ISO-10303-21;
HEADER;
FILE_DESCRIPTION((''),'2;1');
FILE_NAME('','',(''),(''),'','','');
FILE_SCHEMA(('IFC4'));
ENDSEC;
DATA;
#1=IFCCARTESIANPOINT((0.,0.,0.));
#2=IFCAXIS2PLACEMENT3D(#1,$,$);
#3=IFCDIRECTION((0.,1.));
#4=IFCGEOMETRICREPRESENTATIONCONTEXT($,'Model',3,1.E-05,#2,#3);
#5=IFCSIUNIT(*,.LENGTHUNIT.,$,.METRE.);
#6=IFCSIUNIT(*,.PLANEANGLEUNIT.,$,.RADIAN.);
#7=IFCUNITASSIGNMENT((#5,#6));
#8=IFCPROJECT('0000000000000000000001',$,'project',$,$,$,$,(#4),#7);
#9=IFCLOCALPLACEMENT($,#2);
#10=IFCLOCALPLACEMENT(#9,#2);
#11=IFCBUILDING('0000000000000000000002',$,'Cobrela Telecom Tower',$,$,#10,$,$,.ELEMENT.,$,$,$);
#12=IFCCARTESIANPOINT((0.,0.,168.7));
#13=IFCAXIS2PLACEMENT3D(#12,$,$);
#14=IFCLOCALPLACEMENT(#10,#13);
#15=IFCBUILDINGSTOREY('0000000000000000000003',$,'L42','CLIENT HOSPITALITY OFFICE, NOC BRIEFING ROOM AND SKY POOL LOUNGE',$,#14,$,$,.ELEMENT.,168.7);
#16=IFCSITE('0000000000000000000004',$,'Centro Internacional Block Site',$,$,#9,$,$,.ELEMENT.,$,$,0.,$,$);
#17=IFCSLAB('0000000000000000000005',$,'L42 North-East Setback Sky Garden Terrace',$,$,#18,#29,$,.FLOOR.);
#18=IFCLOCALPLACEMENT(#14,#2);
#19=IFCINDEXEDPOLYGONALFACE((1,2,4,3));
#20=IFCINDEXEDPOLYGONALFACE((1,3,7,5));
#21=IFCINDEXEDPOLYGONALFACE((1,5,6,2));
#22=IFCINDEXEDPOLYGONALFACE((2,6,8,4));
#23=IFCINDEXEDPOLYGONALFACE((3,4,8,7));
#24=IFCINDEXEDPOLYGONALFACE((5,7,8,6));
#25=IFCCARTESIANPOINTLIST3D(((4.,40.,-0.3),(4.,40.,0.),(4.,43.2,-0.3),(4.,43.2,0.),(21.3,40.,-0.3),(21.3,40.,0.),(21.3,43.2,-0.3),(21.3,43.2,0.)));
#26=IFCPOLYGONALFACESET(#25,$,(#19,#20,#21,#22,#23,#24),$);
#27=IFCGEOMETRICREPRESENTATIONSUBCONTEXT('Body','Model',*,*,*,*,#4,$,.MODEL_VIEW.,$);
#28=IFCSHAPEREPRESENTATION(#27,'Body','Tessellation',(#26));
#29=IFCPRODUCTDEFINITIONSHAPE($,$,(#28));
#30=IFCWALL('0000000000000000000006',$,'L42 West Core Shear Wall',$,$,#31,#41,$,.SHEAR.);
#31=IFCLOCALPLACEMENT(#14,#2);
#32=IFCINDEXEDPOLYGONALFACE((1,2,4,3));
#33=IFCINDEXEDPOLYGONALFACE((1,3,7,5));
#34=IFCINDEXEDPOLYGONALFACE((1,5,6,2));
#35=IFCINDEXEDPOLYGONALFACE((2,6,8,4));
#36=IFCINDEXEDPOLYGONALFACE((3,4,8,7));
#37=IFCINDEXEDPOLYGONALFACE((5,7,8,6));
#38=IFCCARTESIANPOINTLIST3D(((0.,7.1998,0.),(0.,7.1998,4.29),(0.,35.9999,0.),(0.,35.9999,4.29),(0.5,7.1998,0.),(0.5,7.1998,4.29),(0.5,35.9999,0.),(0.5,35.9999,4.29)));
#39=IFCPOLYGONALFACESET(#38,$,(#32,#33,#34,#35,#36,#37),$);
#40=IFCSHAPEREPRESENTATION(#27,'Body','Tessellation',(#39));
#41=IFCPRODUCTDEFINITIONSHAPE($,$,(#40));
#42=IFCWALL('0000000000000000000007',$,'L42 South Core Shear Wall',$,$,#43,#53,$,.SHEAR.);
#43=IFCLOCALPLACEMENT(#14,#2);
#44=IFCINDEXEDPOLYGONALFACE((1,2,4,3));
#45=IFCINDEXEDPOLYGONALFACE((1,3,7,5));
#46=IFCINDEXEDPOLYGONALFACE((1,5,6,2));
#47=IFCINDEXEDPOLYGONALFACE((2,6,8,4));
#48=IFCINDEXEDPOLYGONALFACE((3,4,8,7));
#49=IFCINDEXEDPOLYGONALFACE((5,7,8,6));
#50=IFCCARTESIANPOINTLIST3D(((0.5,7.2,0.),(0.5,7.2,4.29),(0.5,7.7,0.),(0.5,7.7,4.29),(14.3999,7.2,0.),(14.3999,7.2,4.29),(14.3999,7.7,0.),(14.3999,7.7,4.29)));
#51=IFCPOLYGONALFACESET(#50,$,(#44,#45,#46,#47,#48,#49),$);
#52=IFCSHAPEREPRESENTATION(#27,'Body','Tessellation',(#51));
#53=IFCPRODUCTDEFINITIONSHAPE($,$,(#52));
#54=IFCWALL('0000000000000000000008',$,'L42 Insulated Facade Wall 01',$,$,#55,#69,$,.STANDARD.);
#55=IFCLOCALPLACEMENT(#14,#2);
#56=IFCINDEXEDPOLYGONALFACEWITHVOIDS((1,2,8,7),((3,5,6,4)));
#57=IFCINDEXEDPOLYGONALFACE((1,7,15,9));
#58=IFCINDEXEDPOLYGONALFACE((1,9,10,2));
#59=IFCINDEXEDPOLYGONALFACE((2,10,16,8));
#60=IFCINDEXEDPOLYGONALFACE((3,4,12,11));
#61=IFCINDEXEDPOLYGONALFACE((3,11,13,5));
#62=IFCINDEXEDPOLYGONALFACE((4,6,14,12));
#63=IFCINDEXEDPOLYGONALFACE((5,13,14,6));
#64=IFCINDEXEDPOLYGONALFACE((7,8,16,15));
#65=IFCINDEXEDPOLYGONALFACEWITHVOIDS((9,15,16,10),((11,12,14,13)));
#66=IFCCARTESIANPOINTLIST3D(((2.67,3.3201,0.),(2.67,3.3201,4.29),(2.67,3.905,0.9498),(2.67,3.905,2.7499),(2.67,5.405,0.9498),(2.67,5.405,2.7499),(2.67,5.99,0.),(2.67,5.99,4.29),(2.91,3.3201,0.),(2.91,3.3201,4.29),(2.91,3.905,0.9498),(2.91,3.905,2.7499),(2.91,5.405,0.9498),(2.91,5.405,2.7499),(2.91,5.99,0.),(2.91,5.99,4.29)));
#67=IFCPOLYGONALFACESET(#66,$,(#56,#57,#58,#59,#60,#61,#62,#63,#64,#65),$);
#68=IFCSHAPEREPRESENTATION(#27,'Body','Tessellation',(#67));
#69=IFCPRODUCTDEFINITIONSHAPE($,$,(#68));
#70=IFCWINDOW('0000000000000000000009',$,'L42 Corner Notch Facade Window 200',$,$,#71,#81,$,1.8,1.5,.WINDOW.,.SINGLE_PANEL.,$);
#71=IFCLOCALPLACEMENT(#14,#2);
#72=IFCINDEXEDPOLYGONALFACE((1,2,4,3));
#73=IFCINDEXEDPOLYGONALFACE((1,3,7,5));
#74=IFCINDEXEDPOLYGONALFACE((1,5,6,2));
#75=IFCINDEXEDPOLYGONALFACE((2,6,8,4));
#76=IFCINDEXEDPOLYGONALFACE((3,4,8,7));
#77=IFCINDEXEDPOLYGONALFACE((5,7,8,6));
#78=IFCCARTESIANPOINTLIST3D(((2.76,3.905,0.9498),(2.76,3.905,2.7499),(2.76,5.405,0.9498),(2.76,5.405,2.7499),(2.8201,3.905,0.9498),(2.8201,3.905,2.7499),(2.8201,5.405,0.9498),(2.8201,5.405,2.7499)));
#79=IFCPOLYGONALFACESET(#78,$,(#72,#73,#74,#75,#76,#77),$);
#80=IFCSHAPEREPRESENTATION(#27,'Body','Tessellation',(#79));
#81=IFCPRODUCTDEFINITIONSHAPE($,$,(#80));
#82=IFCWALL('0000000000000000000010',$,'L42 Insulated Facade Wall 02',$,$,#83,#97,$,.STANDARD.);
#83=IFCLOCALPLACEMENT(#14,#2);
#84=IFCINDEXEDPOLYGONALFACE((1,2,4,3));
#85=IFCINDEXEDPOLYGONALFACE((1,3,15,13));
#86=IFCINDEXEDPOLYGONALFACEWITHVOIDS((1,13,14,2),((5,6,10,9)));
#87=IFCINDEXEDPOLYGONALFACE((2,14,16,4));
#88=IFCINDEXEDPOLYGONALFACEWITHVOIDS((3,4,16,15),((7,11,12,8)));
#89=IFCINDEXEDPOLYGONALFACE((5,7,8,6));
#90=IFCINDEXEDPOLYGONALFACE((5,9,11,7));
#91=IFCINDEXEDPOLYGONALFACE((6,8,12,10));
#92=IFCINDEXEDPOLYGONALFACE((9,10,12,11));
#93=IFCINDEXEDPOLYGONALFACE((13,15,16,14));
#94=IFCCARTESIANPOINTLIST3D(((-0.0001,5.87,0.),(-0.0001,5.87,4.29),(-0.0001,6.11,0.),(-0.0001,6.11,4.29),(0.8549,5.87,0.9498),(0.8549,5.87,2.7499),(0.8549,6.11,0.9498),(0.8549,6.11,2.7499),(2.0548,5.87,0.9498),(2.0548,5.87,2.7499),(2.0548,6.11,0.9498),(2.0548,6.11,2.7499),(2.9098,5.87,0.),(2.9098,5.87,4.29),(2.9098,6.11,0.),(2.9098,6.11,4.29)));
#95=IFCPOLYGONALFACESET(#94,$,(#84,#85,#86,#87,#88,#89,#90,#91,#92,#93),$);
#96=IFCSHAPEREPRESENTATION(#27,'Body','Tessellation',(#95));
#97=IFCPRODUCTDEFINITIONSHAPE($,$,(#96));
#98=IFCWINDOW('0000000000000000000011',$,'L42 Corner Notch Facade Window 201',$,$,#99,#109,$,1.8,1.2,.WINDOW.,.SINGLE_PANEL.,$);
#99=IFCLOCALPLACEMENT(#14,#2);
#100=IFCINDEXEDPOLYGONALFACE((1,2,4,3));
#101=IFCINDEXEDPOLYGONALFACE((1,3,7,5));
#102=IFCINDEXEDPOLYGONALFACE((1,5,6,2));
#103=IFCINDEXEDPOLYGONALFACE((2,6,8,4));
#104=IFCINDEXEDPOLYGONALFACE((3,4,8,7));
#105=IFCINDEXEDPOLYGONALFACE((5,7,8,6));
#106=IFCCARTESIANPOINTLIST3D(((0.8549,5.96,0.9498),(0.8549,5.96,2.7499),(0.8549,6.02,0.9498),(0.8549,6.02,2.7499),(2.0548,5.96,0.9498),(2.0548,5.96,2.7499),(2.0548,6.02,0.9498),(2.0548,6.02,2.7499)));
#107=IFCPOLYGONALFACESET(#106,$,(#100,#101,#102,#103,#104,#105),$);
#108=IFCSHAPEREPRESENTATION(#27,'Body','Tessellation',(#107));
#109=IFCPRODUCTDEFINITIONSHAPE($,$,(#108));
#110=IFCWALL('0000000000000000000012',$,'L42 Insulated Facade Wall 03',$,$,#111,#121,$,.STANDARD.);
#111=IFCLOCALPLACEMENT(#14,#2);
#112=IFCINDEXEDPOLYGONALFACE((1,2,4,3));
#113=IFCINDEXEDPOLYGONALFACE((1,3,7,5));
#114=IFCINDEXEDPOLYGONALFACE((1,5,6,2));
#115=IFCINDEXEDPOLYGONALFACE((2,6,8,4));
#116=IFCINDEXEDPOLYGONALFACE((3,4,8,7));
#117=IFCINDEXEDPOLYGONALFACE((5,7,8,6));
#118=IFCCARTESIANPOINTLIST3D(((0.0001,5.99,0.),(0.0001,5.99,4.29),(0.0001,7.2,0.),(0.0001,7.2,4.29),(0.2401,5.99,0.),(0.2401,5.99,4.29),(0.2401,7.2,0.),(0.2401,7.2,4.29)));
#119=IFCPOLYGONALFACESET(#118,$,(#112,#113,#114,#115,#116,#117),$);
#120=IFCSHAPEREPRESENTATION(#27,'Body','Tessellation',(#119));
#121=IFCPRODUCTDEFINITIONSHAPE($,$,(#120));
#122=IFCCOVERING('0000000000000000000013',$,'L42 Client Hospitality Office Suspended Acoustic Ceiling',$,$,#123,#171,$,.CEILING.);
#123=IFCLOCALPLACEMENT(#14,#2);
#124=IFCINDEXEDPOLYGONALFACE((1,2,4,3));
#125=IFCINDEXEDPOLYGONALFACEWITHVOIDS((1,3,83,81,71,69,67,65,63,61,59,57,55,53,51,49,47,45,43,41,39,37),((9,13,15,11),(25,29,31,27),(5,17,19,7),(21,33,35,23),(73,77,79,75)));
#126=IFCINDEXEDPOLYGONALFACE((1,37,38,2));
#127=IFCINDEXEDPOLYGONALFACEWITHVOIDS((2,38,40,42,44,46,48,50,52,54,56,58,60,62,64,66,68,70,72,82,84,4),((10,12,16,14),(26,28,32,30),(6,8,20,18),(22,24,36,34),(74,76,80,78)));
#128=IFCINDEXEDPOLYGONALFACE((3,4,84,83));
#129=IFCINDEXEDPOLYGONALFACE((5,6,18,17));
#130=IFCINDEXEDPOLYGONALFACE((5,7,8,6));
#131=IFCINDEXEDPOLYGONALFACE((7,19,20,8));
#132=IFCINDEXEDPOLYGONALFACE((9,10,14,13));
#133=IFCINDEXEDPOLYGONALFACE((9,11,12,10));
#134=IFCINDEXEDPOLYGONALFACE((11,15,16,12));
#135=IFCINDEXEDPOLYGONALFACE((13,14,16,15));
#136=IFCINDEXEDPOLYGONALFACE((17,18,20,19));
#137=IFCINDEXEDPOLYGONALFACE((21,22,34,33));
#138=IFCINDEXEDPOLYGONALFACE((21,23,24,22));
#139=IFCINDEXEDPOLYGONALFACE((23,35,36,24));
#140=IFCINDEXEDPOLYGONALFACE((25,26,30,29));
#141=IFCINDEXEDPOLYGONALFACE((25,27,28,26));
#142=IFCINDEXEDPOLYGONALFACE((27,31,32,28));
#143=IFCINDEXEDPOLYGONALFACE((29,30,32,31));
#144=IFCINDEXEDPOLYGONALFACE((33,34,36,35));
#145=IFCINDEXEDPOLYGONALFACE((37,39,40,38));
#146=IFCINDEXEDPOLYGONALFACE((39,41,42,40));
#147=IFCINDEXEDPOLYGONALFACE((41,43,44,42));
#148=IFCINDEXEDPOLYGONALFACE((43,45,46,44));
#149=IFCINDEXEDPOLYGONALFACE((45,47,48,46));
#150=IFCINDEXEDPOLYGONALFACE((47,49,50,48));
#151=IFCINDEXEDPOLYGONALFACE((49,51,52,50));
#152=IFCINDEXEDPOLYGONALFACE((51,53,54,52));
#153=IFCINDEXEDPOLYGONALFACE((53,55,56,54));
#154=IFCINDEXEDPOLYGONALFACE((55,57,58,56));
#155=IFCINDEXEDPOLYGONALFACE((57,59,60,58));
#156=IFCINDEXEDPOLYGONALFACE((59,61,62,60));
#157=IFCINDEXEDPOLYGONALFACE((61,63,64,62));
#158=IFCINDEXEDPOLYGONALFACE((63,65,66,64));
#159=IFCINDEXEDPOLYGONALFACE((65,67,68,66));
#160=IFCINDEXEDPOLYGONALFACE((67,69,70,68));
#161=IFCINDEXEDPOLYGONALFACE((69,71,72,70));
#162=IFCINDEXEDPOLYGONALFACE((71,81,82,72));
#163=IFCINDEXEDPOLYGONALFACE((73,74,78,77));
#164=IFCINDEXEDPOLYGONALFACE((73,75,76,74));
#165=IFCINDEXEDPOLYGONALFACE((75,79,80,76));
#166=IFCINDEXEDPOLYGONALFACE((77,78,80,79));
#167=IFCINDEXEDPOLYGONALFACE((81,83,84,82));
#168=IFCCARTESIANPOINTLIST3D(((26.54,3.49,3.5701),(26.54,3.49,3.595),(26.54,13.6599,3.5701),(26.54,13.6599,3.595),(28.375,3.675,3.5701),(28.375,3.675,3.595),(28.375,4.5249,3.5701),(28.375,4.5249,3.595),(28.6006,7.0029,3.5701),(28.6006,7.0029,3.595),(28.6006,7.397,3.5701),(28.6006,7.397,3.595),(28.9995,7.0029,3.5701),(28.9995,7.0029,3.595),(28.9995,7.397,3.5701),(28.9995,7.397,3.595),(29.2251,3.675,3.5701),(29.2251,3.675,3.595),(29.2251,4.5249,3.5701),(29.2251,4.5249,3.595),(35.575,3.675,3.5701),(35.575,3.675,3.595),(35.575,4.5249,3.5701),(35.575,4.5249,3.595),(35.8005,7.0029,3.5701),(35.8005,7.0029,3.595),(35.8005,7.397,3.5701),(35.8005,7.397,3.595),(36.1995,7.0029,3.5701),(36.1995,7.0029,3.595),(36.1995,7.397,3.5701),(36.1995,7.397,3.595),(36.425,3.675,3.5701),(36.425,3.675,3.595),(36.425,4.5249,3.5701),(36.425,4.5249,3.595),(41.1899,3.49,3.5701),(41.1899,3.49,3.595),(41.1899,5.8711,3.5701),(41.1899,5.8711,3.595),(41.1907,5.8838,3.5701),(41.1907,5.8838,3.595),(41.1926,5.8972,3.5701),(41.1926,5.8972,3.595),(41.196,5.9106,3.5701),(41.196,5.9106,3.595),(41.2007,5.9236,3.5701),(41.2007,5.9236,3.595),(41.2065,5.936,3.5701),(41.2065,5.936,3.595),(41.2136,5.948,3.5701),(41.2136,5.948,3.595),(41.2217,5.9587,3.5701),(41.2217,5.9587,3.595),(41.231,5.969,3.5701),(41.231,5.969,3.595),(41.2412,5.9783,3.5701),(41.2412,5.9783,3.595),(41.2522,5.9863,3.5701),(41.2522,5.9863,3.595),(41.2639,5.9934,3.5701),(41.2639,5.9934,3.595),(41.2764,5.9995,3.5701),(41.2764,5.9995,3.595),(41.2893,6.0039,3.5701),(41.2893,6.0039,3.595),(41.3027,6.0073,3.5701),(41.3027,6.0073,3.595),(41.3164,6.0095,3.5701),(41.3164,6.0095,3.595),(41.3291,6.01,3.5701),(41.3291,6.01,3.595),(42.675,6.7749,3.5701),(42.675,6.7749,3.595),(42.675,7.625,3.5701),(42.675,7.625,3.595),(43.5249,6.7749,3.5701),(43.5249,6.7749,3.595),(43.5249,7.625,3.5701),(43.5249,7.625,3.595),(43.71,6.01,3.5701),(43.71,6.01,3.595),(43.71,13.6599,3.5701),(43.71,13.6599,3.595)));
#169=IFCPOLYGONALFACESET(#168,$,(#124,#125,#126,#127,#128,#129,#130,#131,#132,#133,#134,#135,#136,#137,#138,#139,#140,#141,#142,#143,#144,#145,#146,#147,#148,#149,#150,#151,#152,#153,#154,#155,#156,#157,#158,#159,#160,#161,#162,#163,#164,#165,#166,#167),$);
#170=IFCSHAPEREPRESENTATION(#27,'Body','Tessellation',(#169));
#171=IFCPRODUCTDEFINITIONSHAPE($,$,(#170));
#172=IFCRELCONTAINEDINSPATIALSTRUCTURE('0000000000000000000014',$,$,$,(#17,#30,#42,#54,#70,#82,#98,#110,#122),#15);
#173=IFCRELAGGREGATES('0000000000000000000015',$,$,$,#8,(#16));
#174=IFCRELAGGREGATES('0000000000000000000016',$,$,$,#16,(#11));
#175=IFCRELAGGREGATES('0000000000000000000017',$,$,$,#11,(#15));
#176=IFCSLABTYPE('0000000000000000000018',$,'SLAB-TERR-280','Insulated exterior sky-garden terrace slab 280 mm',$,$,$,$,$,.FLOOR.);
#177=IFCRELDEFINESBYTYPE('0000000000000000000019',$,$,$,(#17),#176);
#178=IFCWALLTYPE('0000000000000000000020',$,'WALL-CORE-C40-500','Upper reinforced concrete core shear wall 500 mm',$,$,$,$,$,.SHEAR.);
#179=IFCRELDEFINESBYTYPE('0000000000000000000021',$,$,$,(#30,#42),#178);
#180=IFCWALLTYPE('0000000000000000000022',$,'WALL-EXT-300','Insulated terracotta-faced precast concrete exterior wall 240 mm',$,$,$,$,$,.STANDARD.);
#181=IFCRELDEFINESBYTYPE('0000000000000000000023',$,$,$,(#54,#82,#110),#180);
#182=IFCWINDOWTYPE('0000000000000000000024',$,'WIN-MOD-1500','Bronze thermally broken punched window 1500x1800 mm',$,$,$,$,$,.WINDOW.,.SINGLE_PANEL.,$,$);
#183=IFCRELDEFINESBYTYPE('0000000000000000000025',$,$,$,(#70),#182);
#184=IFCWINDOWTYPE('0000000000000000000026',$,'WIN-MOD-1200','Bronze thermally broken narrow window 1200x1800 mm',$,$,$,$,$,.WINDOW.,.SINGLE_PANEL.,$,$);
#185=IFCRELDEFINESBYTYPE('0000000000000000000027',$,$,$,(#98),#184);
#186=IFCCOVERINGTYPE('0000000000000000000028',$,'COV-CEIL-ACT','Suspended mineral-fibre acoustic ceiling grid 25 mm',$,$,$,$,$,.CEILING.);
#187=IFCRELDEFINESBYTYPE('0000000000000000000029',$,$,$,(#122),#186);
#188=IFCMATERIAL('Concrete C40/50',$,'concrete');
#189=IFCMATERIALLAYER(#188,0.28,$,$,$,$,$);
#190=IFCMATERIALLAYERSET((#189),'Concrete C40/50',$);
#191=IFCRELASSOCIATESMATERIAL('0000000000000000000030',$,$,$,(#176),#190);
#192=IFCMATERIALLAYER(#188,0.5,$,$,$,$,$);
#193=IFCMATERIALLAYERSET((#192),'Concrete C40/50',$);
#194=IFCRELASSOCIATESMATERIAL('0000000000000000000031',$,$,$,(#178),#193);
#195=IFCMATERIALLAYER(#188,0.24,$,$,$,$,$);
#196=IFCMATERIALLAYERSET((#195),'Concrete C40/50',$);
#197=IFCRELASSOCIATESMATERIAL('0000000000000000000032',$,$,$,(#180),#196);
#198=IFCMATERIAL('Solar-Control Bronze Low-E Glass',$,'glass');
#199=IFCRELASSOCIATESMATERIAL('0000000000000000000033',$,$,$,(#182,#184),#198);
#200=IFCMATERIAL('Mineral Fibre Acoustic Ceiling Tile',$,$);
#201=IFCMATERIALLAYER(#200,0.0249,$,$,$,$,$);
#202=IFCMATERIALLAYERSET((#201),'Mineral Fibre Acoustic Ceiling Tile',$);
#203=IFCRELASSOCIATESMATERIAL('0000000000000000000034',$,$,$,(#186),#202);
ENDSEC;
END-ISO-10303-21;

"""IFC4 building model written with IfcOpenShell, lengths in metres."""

from ifc_helpers import new_model, si_unit, direction, frame, frame_2d, origin, place, context, subcontext, project, spatial, polyline, rectangle, outline, extrude, material, layer, layer_set, type_object, element, fill, save


model = new_model("IFC4")

# Units and contexts
model_context = context("Model", 3, precision=1e-05, world=origin(), true_north=direction((0.0, 1.0)))
body_context = subcontext(model_context, "Body", "Model", "MODEL_VIEW")
ifc_project = project(units=[si_unit("LENGTHUNIT", "METRE"), si_unit("PLANEANGLEUNIT", "RADIAN")], contexts=[model_context])

# Site, building, storey
site_placement = place(None, origin())
site = spatial("IfcSite", under=ifc_project, at=site_placement, Name="Centro Internacional Block Site", CompositionType="ELEMENT", RefElevation=0.0)
building_placement = place(site_placement, origin())
building = spatial("IfcBuilding", under=site, at=building_placement, Name="Cobrela Telecom Tower", CompositionType="ELEMENT")
storey_placement = place(building_placement, frame((0.0, 0.0, 168.7)))
storey = spatial("IfcBuildingStorey", under=building, at=storey_placement, Name="L42", Description="CLIENT HOSPITALITY OFFICE, NOC BRIEFING ROOM AND SKY POOL LOUNGE", CompositionType="ELEMENT", Elevation=168.7)

# Shared definitions
ifc_material_1 = material(Name="Solar-Control Bronze Low-E Glass", Category="glass")

# Shared definitions
ifc_material_2 = material(Name="Concrete C40/50", Category="concrete")

# Slab
ifc_layer_1 = layer(ifc_material_2, 0.28)
ifc_layer_set_1 = layer_set([ifc_layer_1], Name="Concrete C40/50")
slab_type_1 = type_object("IfcSlabType", Name="SLAB-TERR-280", Description="Insulated exterior sky-garden terrace slab 280 mm", PredefinedType="FLOOR", material=ifc_layer_set_1)
slab_1_placement = place(storey_placement, frame((0.0, 0.0, -0.3)))
element("IfcSlab", 1, at=slab_1_placement, inside=storey, type_object=slab_type_1, Name="L42 North-East Setback Sky Garden Terrace", PredefinedType="FLOOR", context=body_context, shape_type="SweptSolid", body=[
    extrude(outline(polyline([(4.0, 40.0), (21.3, 40.0), (21.3, 43.2), (4.0, 43.2), (4.0, 40.0)])), origin(), (0.0, 0.0, 1.0), 0.3),
])

# Walls
ifc_layer_2 = layer(ifc_material_2, 0.5)
ifc_layer_set_2 = layer_set([ifc_layer_2], Name="Concrete C40/50")
wall_type_1 = type_object("IfcWallType", Name="WALL-CORE-C40-500", Description="Upper reinforced concrete core shear wall 500 mm", PredefinedType="SHEAR", material=ifc_layer_set_2)
wall_1_placement = place(storey_placement, frame((0.25, 7.2, 0.0), z_axis=(0.0, 0.0, 1.0), x_axis=(0.0, 1.0, 0.0)))
element("IfcWall", 2, at=wall_1_placement, inside=storey, type_object=wall_type_1, Name="L42 West Core Shear Wall", PredefinedType="SHEAR", context=body_context, shape_type="SweptSolid", body=[
    extrude(rectangle(XDim=28.8, YDim=0.5, at=frame_2d((14.3999, 0.0))), origin(), (0.0, 0.0, 1.0), 4.29),
])
wall_2_placement = place(storey_placement, frame((0.5, 7.45, 0.0), z_axis=(0.0, 0.0, 1.0), x_axis=(1.0, 0.0, 0.0)))
element("IfcWall", 3, at=wall_2_placement, inside=storey, type_object=wall_type_1, Name="L42 South Core Shear Wall", PredefinedType="SHEAR", context=body_context, shape_type="SweptSolid", body=[
    extrude(rectangle(XDim=13.8999, YDim=0.5, at=frame_2d((6.95, 0.0))), origin(), (0.0, 0.0, 1.0), 4.29),
])

# Walls, openings, windows
ifc_layer_3 = layer(ifc_material_2, 0.24)
ifc_layer_set_3 = layer_set([ifc_layer_3], Name="Concrete C40/50")
wall_type_2 = type_object("IfcWallType", Name="WALL-EXT-300", Description="Insulated terracotta-faced precast concrete exterior wall 240 mm", PredefinedType="STANDARD", material=ifc_layer_set_3)
wall_3_placement = place(storey_placement, frame((2.79, 3.3201, 0.0), z_axis=(0.0, 0.0, 1.0), x_axis=(0.0, 1.0, 0.0)))
wall_3 = element("IfcWall", 4, at=wall_3_placement, inside=storey, type_object=wall_type_2, Name="L42 Insulated Facade Wall 01", PredefinedType="STANDARD", context=body_context, shape_type="SweptSolid", body=[
    extrude(rectangle(XDim=2.6699, YDim=0.24, at=frame_2d((1.335, 0.0))), origin(), (0.0, 0.0, 1.0), 4.29),
])
opening_1_placement = place(wall_3_placement, frame((0.585, 0.0, 0.95)))
opening_1 = element("IfcOpeningElement", 5, at=opening_1_placement, cuts=wall_3, PredefinedType="OPENING", context=body_context, shape_type="SweptSolid", body=[
    extrude(rectangle(XDim=1.5, YDim=1.8, at=frame_2d((0.75, 0.8999))), frame((0.0, 0.1318, 0.0), z_axis=(0.0, -1.0, 0.0), x_axis=(1.0, 0.0, 0.0)), (0.0, 0.0, 1.0), 0.2639),
])
window_type_1 = type_object("IfcWindowType", Name="WIN-MOD-1500", Description="Bronze thermally broken punched window 1500x1800 mm", PartitioningType="SINGLE_PANEL", PredefinedType="WINDOW", material=ifc_material_1)
window_1_placement = place(opening_1_placement, origin())
window_1 = element("IfcWindow", 6, at=window_1_placement, inside=storey, type_object=window_type_1, Name="L42 Corner Notch Facade Window 200", OverallHeight=1.8, OverallWidth=1.5, PartitioningType="SINGLE_PANEL", PredefinedType="WINDOW", context=body_context, shape_type="SweptSolid", body=[
    extrude(rectangle(XDim=1.5, YDim=1.8, at=frame_2d((0.75, 0.8999))), frame((0.0, 0.03, 0.0), z_axis=(0.0, -1.0, 0.0), x_axis=(1.0, 0.0, 0.0)), (0.0, 0.0, 1.0), 0.0601),
])
fill(opening_1, window_1)
wall_4_placement = place(storey_placement, frame((2.9099, 5.99, 0.0), z_axis=(0.0, 0.0, 1.0), x_axis=(-1.0, 0.0, 0.0)))
wall_4 = element("IfcWall", 7, at=wall_4_placement, inside=storey, type_object=wall_type_2, Name="L42 Insulated Facade Wall 02", PredefinedType="STANDARD", context=body_context, shape_type="SweptSolid", body=[
    extrude(rectangle(XDim=2.9099, YDim=0.24, at=frame_2d((1.4551, 0.0))), origin(), (0.0, 0.0, 1.0), 4.29),
])
opening_2_placement = place(wall_4_placement, frame((0.855, 0.0, 0.95)))
opening_2 = element("IfcOpeningElement", 8, at=opening_2_placement, cuts=wall_4, PredefinedType="OPENING", context=body_context, shape_type="SweptSolid", body=[
    extrude(rectangle(XDim=1.2, YDim=1.8, at=frame_2d((0.6001, 0.8999))), frame((0.0, 0.1318, 0.0), z_axis=(0.0, -1.0, 0.0), x_axis=(1.0, 0.0, 0.0)), (0.0, 0.0, 1.0), 0.2639),
])
window_type_2 = type_object("IfcWindowType", Name="WIN-MOD-1200", Description="Bronze thermally broken narrow window 1200x1800 mm", PartitioningType="SINGLE_PANEL", PredefinedType="WINDOW", material=ifc_material_1)
window_2_placement = place(opening_2_placement, origin())
window_2 = element("IfcWindow", 9, at=window_2_placement, inside=storey, type_object=window_type_2, Name="L42 Corner Notch Facade Window 201", OverallHeight=1.8, OverallWidth=1.2, PartitioningType="SINGLE_PANEL", PredefinedType="WINDOW", context=body_context, shape_type="SweptSolid", body=[
    extrude(rectangle(XDim=1.2, YDim=1.8, at=frame_2d((0.6001, 0.8999))), frame((0.0, 0.03, 0.0), z_axis=(0.0, -1.0, 0.0), x_axis=(1.0, 0.0, 0.0)), (0.0, 0.0, 1.0), 0.0601),
])
fill(opening_2, window_2)

# Wall
wall_5_placement = place(storey_placement, frame((0.1201, 5.99, 0.0), z_axis=(0.0, 0.0, 1.0), x_axis=(0.0, 1.0, 0.0)))
element("IfcWall", 10, at=wall_5_placement, inside=storey, type_object=wall_type_2, Name="L42 Insulated Facade Wall 03", PredefinedType="STANDARD", context=body_context, shape_type="SweptSolid", body=[
    extrude(rectangle(XDim=1.21, YDim=0.24, at=frame_2d((0.605, 0.0))), origin(), (0.0, 0.0, 1.0), 4.29),
])

# Covering
ifc_material_3 = material(Name="Mineral Fibre Acoustic Ceiling Tile")
ifc_layer_4 = layer(ifc_material_3, 0.0249)
ifc_layer_set_4 = layer_set([ifc_layer_4], Name="Mineral Fibre Acoustic Ceiling Tile")
covering_type_1 = type_object("IfcCoveringType", Name="COV-CEIL-ACT", Description="Suspended mineral-fibre acoustic ceiling grid 25 mm", PredefinedType="CEILING", material=ifc_layer_set_4)
covering_1_placement = place(storey_placement, frame((0.0, 0.0, 3.5701)))
element("IfcCovering", 11, at=covering_1_placement, inside=storey, type_object=covering_type_1, Name="L42 Client Hospitality Office Suspended Acoustic Ceiling", PredefinedType="CEILING", context=body_context, shape_type="SweptSolid", body=[
    extrude(outline(polyline([(43.71, 6.01), (41.3291, 6.01), (41.3164, 6.0095), (41.3027, 6.0073), (41.2893, 6.0039), (41.2764, 5.9995), (41.2639, 5.9934), (41.2522, 5.9863), (41.2412, 5.9783), (41.231, 5.969), (41.2217, 5.9587), (41.2136, 5.948), (41.2065, 5.936), (41.2007, 5.9236), (41.196, 5.9106), (41.1926, 5.8972), (41.1907, 5.8838), (41.1899, 5.8711), (41.1899, 3.49), (26.54, 3.49), (26.54, 13.6599), (43.71, 13.6599), (43.71, 6.01)]), holes=[polyline([(28.9995, 7.0029), (28.9995, 7.397), (28.6006, 7.397), (28.6006, 7.0029), (28.9995, 7.0029)]), polyline([(29.2251, 3.675), (29.2251, 4.5249), (28.375, 4.5249), (28.375, 3.675), (29.2251, 3.675)]), polyline([(36.425, 3.675), (36.425, 4.5249), (35.575, 4.5249), (35.575, 3.675), (36.425, 3.675)]), polyline([(36.1995, 7.397), (35.8005, 7.397), (35.8005, 7.0029), (36.1995, 7.0029), (36.1995, 7.397)]), polyline([(43.5249, 6.7749), (43.5249, 7.625), (42.675, 7.625), (42.675, 6.7749), (43.5249, 6.7749)])]), origin(), (0.0, 0.0, 1.0), 0.0249),
])

save(model, "model.ifc")
